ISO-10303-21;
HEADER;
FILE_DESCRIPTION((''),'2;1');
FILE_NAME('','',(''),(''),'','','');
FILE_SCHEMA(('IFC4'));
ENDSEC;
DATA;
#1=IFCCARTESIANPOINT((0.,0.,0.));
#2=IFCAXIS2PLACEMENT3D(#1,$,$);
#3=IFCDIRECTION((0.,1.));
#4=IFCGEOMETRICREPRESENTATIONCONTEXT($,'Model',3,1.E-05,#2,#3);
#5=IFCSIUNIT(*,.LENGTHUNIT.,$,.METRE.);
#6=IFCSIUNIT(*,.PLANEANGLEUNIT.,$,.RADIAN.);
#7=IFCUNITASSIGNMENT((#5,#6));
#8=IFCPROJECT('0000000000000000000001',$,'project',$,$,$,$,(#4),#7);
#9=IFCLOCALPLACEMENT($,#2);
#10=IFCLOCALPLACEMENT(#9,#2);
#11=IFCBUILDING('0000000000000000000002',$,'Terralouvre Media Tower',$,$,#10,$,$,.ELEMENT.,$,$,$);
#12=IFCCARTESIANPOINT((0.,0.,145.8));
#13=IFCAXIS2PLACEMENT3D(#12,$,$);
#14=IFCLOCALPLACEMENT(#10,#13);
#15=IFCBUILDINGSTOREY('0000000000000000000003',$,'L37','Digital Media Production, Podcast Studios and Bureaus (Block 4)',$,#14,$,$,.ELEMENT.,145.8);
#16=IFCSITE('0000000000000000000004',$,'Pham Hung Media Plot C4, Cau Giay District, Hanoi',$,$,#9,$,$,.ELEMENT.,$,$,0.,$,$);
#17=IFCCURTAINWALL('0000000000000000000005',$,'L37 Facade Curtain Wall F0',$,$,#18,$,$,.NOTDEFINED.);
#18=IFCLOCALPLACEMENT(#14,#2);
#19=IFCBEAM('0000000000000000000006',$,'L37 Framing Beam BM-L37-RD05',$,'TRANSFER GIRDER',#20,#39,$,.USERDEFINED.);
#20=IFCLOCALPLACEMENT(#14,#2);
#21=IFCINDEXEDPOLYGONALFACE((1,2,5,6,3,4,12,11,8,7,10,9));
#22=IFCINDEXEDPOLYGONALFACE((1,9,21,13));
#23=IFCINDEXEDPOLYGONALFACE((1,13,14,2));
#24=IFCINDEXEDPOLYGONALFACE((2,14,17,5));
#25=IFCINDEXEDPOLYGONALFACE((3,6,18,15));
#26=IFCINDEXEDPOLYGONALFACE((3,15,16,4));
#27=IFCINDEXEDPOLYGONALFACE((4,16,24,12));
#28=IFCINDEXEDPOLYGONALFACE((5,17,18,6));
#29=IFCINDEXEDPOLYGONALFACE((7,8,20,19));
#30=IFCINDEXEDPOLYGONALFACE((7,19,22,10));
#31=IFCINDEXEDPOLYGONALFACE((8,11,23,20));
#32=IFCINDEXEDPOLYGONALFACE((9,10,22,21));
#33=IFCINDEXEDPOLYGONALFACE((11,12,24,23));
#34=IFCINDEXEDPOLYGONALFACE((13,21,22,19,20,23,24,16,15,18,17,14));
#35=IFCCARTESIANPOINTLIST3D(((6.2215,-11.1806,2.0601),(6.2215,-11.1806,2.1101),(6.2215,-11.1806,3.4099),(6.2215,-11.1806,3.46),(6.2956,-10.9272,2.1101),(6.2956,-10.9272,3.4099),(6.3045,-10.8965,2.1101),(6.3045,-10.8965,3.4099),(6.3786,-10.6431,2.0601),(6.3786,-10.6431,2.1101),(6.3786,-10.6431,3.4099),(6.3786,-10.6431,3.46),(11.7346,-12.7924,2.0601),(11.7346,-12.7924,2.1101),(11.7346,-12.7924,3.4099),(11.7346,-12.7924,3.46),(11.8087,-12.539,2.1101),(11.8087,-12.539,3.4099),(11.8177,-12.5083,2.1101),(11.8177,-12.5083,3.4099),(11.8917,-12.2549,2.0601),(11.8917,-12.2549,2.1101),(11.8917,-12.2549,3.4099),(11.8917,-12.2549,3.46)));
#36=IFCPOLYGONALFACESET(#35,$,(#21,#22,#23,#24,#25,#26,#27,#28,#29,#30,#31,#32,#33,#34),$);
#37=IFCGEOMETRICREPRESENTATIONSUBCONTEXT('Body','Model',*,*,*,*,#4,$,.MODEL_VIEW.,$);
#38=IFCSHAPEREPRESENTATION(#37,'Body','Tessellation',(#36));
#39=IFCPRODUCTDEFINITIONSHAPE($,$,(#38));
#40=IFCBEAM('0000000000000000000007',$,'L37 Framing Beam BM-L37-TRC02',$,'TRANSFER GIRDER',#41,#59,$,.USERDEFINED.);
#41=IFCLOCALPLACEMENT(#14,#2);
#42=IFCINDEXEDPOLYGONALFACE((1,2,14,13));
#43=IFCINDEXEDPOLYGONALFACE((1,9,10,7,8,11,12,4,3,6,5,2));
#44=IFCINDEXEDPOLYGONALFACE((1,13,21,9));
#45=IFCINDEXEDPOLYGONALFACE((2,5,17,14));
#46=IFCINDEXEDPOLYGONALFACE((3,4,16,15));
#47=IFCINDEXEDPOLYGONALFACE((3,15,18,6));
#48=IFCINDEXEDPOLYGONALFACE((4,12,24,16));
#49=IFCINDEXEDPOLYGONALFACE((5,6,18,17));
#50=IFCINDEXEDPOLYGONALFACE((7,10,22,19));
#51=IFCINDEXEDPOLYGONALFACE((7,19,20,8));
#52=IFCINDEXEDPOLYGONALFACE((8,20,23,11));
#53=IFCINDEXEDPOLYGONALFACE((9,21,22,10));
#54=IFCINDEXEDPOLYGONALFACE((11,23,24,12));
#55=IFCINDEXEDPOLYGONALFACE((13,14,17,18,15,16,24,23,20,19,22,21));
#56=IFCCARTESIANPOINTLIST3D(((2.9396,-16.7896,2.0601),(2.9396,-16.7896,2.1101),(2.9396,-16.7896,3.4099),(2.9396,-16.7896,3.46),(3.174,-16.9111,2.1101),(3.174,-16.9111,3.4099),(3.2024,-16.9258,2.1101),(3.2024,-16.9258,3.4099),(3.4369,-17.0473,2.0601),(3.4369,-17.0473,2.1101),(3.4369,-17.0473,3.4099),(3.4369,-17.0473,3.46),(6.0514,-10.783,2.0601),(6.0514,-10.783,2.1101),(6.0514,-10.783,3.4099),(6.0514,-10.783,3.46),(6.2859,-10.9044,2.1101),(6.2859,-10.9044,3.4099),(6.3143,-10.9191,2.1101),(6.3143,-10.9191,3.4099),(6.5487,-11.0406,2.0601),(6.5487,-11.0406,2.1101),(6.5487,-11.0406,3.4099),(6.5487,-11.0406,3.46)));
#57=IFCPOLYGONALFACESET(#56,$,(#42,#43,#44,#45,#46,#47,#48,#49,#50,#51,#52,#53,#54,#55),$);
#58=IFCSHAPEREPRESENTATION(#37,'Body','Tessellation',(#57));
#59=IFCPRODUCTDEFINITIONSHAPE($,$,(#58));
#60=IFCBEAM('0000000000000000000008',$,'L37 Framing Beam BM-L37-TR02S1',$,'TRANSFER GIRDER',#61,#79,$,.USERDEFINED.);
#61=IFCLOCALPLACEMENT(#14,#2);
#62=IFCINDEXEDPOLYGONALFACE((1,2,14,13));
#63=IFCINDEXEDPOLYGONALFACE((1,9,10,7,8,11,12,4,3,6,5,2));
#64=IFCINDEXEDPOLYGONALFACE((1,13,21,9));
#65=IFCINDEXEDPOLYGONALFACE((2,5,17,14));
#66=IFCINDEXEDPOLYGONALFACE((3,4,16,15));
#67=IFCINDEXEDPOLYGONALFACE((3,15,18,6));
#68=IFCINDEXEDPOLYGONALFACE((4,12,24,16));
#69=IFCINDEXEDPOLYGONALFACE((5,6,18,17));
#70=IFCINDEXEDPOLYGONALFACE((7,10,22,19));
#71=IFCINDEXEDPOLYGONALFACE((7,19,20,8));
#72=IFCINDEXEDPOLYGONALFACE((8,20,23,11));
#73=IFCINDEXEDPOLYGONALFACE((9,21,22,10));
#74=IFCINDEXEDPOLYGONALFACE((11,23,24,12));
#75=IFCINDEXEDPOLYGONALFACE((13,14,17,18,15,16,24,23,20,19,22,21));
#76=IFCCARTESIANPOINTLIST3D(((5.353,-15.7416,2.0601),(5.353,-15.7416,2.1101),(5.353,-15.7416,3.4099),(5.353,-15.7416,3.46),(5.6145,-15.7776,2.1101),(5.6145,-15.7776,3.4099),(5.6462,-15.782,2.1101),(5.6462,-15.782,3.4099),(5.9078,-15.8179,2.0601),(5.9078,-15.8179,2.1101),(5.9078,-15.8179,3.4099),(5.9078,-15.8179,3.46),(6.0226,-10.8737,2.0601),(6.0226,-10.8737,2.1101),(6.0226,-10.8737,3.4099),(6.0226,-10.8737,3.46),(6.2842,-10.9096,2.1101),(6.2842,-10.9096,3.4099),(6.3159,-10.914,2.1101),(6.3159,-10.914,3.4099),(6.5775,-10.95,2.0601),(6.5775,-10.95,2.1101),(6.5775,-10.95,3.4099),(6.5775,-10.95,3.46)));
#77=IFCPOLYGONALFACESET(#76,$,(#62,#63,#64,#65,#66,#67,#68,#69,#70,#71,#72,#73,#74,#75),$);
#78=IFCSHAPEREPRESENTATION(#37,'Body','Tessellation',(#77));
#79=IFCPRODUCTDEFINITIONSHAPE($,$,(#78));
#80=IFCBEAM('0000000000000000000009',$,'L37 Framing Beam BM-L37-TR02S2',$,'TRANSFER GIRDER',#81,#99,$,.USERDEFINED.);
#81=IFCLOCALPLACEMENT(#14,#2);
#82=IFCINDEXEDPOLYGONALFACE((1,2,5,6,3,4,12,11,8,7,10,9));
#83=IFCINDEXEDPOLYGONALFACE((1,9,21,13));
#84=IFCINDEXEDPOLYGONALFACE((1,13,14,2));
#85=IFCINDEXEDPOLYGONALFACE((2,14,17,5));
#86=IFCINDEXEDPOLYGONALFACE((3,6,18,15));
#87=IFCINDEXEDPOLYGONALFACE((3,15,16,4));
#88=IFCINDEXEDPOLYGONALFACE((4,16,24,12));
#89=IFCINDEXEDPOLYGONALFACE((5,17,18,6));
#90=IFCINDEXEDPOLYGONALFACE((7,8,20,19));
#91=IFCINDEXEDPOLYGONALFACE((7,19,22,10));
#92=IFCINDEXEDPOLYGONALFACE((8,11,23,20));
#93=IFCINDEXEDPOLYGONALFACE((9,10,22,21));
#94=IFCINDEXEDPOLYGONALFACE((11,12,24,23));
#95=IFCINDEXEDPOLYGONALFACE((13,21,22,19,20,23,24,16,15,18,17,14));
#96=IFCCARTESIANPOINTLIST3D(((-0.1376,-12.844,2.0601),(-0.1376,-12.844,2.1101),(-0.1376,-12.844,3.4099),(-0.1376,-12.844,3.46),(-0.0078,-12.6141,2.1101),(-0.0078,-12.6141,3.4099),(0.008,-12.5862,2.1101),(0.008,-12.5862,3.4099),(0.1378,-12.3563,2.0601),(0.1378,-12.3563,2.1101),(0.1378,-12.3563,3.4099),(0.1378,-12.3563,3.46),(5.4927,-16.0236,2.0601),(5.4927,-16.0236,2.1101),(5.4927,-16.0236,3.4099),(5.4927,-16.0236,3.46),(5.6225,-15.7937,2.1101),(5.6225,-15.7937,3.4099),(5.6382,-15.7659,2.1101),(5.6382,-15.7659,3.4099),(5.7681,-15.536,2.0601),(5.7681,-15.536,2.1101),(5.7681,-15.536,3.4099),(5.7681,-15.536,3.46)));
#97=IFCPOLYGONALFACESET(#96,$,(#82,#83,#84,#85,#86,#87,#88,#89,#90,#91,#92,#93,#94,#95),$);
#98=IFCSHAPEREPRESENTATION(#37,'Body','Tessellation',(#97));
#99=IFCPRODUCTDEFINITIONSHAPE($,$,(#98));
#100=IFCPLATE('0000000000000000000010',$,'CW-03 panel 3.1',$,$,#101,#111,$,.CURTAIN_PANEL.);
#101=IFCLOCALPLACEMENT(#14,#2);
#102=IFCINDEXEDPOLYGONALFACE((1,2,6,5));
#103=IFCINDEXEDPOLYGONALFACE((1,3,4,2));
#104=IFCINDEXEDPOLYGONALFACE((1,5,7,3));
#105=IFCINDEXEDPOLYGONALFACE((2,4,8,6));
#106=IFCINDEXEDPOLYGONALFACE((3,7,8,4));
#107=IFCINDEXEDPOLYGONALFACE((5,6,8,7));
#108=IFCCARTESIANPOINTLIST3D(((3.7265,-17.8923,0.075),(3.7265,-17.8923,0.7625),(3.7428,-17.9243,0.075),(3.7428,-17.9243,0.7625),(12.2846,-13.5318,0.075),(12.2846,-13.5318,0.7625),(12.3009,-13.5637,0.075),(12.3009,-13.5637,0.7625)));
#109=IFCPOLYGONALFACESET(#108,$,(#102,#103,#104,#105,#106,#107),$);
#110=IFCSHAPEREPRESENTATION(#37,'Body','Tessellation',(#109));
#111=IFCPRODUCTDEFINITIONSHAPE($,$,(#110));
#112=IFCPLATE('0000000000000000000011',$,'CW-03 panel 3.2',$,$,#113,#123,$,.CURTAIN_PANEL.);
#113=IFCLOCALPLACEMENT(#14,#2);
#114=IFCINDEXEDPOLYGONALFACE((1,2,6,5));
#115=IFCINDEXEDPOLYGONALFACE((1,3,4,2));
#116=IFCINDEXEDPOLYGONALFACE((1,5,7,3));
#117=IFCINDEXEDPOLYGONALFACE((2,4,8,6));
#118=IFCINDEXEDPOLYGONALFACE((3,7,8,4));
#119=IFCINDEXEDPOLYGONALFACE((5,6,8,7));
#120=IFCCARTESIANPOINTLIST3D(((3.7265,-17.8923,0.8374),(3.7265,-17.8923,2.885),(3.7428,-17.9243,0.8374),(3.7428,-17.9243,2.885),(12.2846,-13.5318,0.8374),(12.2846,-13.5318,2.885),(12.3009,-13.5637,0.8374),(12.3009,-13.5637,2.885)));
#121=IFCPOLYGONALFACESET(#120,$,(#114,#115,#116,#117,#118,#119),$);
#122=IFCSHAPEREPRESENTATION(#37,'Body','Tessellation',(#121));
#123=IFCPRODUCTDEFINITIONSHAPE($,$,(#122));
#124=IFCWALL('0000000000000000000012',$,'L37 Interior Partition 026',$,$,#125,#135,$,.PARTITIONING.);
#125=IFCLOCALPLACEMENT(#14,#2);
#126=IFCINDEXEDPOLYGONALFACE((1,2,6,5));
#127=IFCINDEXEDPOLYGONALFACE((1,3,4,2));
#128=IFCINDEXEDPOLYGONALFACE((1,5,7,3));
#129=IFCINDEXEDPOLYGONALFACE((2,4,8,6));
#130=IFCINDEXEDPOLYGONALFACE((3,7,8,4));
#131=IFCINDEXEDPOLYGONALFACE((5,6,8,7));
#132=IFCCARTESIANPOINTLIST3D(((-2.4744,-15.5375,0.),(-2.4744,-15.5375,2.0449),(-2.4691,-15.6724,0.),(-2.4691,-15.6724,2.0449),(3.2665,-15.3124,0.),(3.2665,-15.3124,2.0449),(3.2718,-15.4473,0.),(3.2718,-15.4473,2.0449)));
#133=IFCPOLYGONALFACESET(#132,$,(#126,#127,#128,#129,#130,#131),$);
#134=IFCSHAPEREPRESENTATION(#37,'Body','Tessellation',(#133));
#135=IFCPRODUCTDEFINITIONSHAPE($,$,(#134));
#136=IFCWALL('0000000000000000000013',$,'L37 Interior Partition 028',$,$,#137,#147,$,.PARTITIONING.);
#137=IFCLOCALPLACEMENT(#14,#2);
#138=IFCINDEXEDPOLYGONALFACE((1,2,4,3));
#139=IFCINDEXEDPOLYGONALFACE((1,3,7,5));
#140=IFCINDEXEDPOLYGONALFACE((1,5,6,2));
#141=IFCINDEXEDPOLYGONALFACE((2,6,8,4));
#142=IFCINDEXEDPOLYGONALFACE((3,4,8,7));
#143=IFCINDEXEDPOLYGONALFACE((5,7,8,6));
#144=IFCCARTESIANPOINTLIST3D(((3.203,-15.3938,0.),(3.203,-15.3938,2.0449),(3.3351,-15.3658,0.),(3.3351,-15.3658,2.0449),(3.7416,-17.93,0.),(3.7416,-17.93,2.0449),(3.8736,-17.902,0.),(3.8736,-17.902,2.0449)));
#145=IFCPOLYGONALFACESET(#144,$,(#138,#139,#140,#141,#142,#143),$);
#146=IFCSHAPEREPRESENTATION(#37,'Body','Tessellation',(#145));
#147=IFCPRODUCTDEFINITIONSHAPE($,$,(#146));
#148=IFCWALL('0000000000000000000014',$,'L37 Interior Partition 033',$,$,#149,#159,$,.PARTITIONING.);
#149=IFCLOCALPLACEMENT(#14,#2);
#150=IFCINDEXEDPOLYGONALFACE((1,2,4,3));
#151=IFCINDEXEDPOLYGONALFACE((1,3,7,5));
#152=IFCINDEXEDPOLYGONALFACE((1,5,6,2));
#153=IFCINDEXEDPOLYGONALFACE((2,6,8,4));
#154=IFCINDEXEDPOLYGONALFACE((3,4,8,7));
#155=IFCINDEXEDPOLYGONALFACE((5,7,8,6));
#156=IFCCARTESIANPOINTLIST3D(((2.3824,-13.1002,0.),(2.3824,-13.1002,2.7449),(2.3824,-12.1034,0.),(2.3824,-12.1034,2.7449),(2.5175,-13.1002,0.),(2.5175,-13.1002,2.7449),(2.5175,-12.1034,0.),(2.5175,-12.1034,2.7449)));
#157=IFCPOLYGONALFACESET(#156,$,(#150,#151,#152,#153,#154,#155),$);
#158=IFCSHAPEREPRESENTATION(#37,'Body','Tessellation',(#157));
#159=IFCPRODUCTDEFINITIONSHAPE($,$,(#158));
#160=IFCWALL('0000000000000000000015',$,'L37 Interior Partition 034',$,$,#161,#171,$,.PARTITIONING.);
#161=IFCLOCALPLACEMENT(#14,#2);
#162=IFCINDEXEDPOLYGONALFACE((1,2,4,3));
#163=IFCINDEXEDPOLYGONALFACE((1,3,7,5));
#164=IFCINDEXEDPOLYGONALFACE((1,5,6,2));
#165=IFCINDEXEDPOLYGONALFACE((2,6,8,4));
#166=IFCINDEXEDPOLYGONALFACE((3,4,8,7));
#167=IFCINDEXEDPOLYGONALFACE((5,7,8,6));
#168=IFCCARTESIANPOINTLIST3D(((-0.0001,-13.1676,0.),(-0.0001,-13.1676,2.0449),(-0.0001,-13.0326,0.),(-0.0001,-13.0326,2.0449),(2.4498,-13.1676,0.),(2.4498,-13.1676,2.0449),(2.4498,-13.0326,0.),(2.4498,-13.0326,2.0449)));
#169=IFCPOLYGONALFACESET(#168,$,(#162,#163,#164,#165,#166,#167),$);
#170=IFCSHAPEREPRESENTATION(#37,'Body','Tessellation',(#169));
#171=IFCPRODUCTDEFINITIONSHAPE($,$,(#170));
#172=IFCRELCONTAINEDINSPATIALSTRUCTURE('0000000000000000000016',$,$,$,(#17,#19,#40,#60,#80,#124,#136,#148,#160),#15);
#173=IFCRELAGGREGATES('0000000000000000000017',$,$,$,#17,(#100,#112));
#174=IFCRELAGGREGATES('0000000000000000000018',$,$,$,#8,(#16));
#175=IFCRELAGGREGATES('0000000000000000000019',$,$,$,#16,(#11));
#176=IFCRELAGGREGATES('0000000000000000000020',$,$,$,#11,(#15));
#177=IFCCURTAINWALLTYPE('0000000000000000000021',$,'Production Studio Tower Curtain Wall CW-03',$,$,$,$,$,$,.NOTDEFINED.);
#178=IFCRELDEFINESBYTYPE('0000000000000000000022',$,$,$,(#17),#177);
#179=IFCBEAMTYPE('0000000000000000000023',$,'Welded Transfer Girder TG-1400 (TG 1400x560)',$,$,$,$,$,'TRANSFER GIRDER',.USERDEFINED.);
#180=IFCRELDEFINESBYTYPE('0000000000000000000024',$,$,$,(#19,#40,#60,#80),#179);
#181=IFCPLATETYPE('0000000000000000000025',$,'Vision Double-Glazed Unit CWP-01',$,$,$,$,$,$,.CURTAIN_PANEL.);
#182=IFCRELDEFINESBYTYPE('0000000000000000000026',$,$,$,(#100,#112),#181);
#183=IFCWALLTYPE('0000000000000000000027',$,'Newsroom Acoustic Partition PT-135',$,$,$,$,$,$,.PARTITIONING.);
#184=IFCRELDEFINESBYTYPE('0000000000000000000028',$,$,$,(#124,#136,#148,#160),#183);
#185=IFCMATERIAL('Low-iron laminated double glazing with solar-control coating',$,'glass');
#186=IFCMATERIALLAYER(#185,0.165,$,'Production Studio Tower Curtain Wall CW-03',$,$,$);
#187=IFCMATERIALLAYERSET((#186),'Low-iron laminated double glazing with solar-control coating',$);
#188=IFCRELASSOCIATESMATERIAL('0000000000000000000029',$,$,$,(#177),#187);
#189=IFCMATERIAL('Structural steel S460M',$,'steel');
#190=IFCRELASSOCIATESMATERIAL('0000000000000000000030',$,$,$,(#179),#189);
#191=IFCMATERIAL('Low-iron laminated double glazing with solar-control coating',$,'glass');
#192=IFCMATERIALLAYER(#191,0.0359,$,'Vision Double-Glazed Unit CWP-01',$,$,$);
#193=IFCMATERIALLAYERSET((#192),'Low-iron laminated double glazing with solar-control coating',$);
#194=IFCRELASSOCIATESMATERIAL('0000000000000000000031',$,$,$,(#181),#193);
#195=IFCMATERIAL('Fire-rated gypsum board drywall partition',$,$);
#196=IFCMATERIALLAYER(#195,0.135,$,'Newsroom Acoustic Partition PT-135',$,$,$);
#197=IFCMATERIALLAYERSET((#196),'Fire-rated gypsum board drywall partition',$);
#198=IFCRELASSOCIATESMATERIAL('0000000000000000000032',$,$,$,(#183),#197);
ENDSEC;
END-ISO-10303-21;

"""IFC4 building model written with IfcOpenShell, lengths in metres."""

from ifc_helpers import new_model, si_unit, direction, frame, frame_2d, origin, origin_2d, place, context, subcontext, project, spatial, rectangle, i_section, extrude, material, layer, layer_set, material_profile, profile_set, type_object, element, aggregate, save


model = new_model("IFC4")

# Units and contexts
model_context = context("Model", 3, precision=1e-05, world=origin(), true_north=direction((0.0, 1.0)))
body_context = subcontext(model_context, "Body", "Model", "MODEL_VIEW")
ifc_project = project(units=[si_unit("LENGTHUNIT", "METRE"), si_unit("PLANEANGLEUNIT", "RADIAN")], contexts=[model_context])

# Site, building, storey
site_placement = place(None, origin())
site = spatial("IfcSite", under=ifc_project, at=site_placement, Name="Pham Hung Media Plot C4, Cau Giay District, Hanoi", CompositionType="ELEMENT", RefElevation=0.0)
building_placement = place(site_placement, origin())
building = spatial("IfcBuilding", under=site, at=building_placement, Name="Terralouvre Media Tower", CompositionType="ELEMENT")
storey_placement = place(building_placement, frame((0.0, 0.0, 145.8)))
storey = spatial("IfcBuildingStorey", under=building, at=storey_placement, Name="L37", Description="Digital Media Production, Podcast Studios and Bureaus (Block 4)", CompositionType="ELEMENT", Elevation=145.8)

# Curtain wall
ifc_material_1 = material(Name="Low-iron laminated double glazing with solar-control coating", Category="glass")
ifc_layer_1 = layer(ifc_material_1, 0.165, Name="Production Studio Tower Curtain Wall CW-03")
ifc_layer_set_1 = layer_set([ifc_layer_1], Name="Low-iron laminated double glazing with solar-control coating")
curtain_wall_type = type_object("IfcCurtainWallType", Name="Production Studio Tower Curtain Wall CW-03", PredefinedType="NOTDEFINED", material=ifc_layer_set_1)
curtain_wall_placement = place(storey_placement, origin())
curtain_wall = element("IfcCurtainWall", 1, at=curtain_wall_placement, inside=storey, type_object=curtain_wall_type, Name="L37 Facade Curtain Wall F0", PredefinedType="NOTDEFINED")

# Beams
ifc_material_2 = material(Name="Structural steel S460M", Category="steel")
ifc_material_profile_1 = material_profile(ifc_material_2, i_section(OverallWidth=0.5601, OverallDepth=1.3999, WebThickness=0.032, FlangeThickness=0.05, at=origin_2d()), Name="TG 1400x560")
ifc_profile_set_1 = profile_set([ifc_material_profile_1], Name="Structural steel S460M")
beam_type_1 = type_object("IfcBeamType", Name="Welded Transfer Girder TG-1400 (TG 1400x560)", ElementType="TRANSFER GIRDER", PredefinedType="USERDEFINED", material=ifc_profile_set_1)
beam_1_placement = place(storey_placement, frame((6.3, -10.9119, 2.76), z_axis=(0.959822, -0.28061, 0.0), x_axis=(0.28061, 0.959822, 0.0)))
element("IfcBeam", 2, at=beam_1_placement, inside=storey, type_object=beam_type_1, Name="L37 Framing Beam BM-L37-RD05", ObjectType="TRANSFER GIRDER", PredefinedType="USERDEFINED", context=body_context, shape_type="SweptSolid", body=[
    extrude(i_section(OverallWidth=0.5601, OverallDepth=1.3999, WebThickness=0.032, FlangeThickness=0.05, at=origin_2d()), origin(), (0.0, 0.0, 1.0), 5.7439),
])
beam_2_placement = place(storey_placement, frame((3.1882, -16.9185, 2.76), z_axis=(0.460001, 0.887918, 0.0), x_axis=(-0.887918, 0.460001, 0.0)))
element("IfcBeam", 3, at=beam_2_placement, inside=storey, type_object=beam_type_1, Name="L37 Framing Beam BM-L37-TRC02", ObjectType="TRANSFER GIRDER", PredefinedType="USERDEFINED", context=body_context, shape_type="SweptSolid", body=[
    extrude(i_section(OverallWidth=0.5601, OverallDepth=1.3999, WebThickness=0.032, FlangeThickness=0.05, at=origin_2d()), origin(), (0.0, 0.0, 1.0), 6.7649),
])
beam_3_placement = place(storey_placement, frame((5.6304, -15.7798, 2.76), z_axis=(0.136286, 0.99067, 0.0), x_axis=(-0.99067, 0.136286, 0.0)))
element("IfcBeam", 4, at=beam_3_placement, inside=storey, type_object=beam_type_1, Name="L37 Framing Beam BM-L37-TR02S1", ObjectType="TRANSFER GIRDER", PredefinedType="USERDEFINED", context=body_context, shape_type="SweptSolid", body=[
    extrude(i_section(OverallWidth=0.5601, OverallDepth=1.3999, WebThickness=0.032, FlangeThickness=0.05, at=origin_2d()), origin(), (0.0, 0.0, 1.0), 4.9138),
])
beam_4_placement = place(storey_placement, frame((5.6304, -15.7798, 2.76), z_axis=(-0.870741, 0.491741, 0.0), x_axis=(-0.491741, -0.870741, 0.0)))
element("IfcBeam", 5, at=beam_4_placement, inside=storey, type_object=beam_type_1, Name="L37 Framing Beam BM-L37-TR02S2", ObjectType="TRANSFER GIRDER", PredefinedType="USERDEFINED", context=body_context, shape_type="SweptSolid", body=[
    extrude(i_section(OverallWidth=0.5601, OverallDepth=1.3999, WebThickness=0.032, FlangeThickness=0.05, at=origin_2d()), origin(), (0.0, 0.0, 1.0), 6.4661),
])

# Plates
ifc_material_3 = material(Name="Low-iron laminated double glazing with solar-control coating", Category="glass")
ifc_layer_2 = layer(ifc_material_3, 0.0359, Name="Vision Double-Glazed Unit CWP-01")
ifc_layer_set_2 = layer_set([ifc_layer_2], Name="Low-iron laminated double glazing with solar-control coating")
plate_type = type_object("IfcPlateType", Name="Vision Double-Glazed Unit CWP-01", PredefinedType="CURTAIN_PANEL", material=ifc_layer_set_2)
plate_1_placement = place(storey_placement, frame((8.0137, -15.728, 0.075), z_axis=(0.0, 0.0, 1.0), x_axis=(0.891007, 0.453991, 0.0)))
plate_1 = element("IfcPlate", 6, at=plate_1_placement, type_object=plate_type, Name="CW-03 panel 3.1", PredefinedType="CURTAIN_PANEL", context=body_context, shape_type="SweptSolid", body=[
    extrude(rectangle(XDim=9.605, YDim=0.0359, at=origin_2d()), origin(), (0.0, 0.0, 1.0), 0.6875),
])
plate_2_placement = place(storey_placement, frame((8.0137, -15.728, 0.8374), z_axis=(0.0, 0.0, 1.0), x_axis=(0.891007, 0.453991, 0.0)))
plate_2 = element("IfcPlate", 7, at=plate_2_placement, type_object=plate_type, Name="CW-03 panel 3.2", PredefinedType="CURTAIN_PANEL", context=body_context, shape_type="SweptSolid", body=[
    extrude(rectangle(XDim=9.605, YDim=0.0359, at=origin_2d()), origin(), (0.0, 0.0, 1.0), 2.0476),
])
aggregate(curtain_wall, [plate_1, plate_2])

# Walls
ifc_material_4 = material(Name="Fire-rated gypsum board drywall partition")
ifc_layer_3 = layer(ifc_material_4, 0.135, Name="Newsroom Acoustic Partition PT-135")
ifc_layer_set_3 = layer_set([ifc_layer_3], Name="Fire-rated gypsum board drywall partition")
wall_type_1 = type_object("IfcWallType", Name="Newsroom Acoustic Partition PT-135", PredefinedType="PARTITIONING", material=ifc_layer_set_3)
wall_1_placement = place(storey_placement, frame((3.269, -15.3799, 0.0), z_axis=(0.0, 0.0, 1.0), x_axis=(-0.999232, -0.039179, 0.0)))
element("IfcWall", 8, at=wall_1_placement, inside=storey, type_object=wall_type_1, Name="L37 Interior Partition 026", PredefinedType="PARTITIONING", context=body_context, shape_type="SweptSolid", body=[
    extrude(rectangle(XDim=5.7454, YDim=0.135, at=frame_2d((2.8726, 0.0))), origin(), (0.0, 0.0, 1.0), 2.0449),
])
wall_2_placement = place(storey_placement, frame((3.8076, -17.916, 0.0), z_axis=(0.0, 0.0, 1.0), x_axis=(-0.207728, 0.978187, 0.0)))
element("IfcWall", 9, at=wall_2_placement, inside=storey, type_object=wall_type_1, Name="L37 Interior Partition 028", PredefinedType="PARTITIONING", context=body_context, shape_type="SweptSolid", body=[
    extrude(rectangle(XDim=2.5928, YDim=0.135, at=frame_2d((1.2964, 0.0))), origin(), (0.0, 0.0, 1.0), 2.0449),
])
wall_3_placement = place(storey_placement, frame((2.45, -12.1033, 0.0), z_axis=(0.0, 0.0, 1.0), x_axis=(0.0, -1.0, 0.0)))
element("IfcWall", 10, at=wall_3_placement, inside=storey, type_object=wall_type_1, Name="L37 Interior Partition 033", PredefinedType="PARTITIONING", context=body_context, shape_type="SweptSolid", body=[
    extrude(rectangle(XDim=0.9968, YDim=0.135, at=frame_2d((0.4985, 0.0))), origin(), (0.0, 0.0, 1.0), 2.7449),
])
wall_4_placement = place(storey_placement, frame((2.45, -13.1001, 0.0), z_axis=(0.0, 0.0, 1.0), x_axis=(-1.0, 0.0, 0.0)))
element("IfcWall", 11, at=wall_4_placement, inside=storey, type_object=wall_type_1, Name="L37 Interior Partition 034", PredefinedType="PARTITIONING", context=body_context, shape_type="SweptSolid", body=[
    extrude(rectangle(XDim=2.45, YDim=0.135, at=frame_2d((1.2251, 0.0))), origin(), (0.0, 0.0, 1.0), 2.0449),
])

save(model, "model.ifc")
